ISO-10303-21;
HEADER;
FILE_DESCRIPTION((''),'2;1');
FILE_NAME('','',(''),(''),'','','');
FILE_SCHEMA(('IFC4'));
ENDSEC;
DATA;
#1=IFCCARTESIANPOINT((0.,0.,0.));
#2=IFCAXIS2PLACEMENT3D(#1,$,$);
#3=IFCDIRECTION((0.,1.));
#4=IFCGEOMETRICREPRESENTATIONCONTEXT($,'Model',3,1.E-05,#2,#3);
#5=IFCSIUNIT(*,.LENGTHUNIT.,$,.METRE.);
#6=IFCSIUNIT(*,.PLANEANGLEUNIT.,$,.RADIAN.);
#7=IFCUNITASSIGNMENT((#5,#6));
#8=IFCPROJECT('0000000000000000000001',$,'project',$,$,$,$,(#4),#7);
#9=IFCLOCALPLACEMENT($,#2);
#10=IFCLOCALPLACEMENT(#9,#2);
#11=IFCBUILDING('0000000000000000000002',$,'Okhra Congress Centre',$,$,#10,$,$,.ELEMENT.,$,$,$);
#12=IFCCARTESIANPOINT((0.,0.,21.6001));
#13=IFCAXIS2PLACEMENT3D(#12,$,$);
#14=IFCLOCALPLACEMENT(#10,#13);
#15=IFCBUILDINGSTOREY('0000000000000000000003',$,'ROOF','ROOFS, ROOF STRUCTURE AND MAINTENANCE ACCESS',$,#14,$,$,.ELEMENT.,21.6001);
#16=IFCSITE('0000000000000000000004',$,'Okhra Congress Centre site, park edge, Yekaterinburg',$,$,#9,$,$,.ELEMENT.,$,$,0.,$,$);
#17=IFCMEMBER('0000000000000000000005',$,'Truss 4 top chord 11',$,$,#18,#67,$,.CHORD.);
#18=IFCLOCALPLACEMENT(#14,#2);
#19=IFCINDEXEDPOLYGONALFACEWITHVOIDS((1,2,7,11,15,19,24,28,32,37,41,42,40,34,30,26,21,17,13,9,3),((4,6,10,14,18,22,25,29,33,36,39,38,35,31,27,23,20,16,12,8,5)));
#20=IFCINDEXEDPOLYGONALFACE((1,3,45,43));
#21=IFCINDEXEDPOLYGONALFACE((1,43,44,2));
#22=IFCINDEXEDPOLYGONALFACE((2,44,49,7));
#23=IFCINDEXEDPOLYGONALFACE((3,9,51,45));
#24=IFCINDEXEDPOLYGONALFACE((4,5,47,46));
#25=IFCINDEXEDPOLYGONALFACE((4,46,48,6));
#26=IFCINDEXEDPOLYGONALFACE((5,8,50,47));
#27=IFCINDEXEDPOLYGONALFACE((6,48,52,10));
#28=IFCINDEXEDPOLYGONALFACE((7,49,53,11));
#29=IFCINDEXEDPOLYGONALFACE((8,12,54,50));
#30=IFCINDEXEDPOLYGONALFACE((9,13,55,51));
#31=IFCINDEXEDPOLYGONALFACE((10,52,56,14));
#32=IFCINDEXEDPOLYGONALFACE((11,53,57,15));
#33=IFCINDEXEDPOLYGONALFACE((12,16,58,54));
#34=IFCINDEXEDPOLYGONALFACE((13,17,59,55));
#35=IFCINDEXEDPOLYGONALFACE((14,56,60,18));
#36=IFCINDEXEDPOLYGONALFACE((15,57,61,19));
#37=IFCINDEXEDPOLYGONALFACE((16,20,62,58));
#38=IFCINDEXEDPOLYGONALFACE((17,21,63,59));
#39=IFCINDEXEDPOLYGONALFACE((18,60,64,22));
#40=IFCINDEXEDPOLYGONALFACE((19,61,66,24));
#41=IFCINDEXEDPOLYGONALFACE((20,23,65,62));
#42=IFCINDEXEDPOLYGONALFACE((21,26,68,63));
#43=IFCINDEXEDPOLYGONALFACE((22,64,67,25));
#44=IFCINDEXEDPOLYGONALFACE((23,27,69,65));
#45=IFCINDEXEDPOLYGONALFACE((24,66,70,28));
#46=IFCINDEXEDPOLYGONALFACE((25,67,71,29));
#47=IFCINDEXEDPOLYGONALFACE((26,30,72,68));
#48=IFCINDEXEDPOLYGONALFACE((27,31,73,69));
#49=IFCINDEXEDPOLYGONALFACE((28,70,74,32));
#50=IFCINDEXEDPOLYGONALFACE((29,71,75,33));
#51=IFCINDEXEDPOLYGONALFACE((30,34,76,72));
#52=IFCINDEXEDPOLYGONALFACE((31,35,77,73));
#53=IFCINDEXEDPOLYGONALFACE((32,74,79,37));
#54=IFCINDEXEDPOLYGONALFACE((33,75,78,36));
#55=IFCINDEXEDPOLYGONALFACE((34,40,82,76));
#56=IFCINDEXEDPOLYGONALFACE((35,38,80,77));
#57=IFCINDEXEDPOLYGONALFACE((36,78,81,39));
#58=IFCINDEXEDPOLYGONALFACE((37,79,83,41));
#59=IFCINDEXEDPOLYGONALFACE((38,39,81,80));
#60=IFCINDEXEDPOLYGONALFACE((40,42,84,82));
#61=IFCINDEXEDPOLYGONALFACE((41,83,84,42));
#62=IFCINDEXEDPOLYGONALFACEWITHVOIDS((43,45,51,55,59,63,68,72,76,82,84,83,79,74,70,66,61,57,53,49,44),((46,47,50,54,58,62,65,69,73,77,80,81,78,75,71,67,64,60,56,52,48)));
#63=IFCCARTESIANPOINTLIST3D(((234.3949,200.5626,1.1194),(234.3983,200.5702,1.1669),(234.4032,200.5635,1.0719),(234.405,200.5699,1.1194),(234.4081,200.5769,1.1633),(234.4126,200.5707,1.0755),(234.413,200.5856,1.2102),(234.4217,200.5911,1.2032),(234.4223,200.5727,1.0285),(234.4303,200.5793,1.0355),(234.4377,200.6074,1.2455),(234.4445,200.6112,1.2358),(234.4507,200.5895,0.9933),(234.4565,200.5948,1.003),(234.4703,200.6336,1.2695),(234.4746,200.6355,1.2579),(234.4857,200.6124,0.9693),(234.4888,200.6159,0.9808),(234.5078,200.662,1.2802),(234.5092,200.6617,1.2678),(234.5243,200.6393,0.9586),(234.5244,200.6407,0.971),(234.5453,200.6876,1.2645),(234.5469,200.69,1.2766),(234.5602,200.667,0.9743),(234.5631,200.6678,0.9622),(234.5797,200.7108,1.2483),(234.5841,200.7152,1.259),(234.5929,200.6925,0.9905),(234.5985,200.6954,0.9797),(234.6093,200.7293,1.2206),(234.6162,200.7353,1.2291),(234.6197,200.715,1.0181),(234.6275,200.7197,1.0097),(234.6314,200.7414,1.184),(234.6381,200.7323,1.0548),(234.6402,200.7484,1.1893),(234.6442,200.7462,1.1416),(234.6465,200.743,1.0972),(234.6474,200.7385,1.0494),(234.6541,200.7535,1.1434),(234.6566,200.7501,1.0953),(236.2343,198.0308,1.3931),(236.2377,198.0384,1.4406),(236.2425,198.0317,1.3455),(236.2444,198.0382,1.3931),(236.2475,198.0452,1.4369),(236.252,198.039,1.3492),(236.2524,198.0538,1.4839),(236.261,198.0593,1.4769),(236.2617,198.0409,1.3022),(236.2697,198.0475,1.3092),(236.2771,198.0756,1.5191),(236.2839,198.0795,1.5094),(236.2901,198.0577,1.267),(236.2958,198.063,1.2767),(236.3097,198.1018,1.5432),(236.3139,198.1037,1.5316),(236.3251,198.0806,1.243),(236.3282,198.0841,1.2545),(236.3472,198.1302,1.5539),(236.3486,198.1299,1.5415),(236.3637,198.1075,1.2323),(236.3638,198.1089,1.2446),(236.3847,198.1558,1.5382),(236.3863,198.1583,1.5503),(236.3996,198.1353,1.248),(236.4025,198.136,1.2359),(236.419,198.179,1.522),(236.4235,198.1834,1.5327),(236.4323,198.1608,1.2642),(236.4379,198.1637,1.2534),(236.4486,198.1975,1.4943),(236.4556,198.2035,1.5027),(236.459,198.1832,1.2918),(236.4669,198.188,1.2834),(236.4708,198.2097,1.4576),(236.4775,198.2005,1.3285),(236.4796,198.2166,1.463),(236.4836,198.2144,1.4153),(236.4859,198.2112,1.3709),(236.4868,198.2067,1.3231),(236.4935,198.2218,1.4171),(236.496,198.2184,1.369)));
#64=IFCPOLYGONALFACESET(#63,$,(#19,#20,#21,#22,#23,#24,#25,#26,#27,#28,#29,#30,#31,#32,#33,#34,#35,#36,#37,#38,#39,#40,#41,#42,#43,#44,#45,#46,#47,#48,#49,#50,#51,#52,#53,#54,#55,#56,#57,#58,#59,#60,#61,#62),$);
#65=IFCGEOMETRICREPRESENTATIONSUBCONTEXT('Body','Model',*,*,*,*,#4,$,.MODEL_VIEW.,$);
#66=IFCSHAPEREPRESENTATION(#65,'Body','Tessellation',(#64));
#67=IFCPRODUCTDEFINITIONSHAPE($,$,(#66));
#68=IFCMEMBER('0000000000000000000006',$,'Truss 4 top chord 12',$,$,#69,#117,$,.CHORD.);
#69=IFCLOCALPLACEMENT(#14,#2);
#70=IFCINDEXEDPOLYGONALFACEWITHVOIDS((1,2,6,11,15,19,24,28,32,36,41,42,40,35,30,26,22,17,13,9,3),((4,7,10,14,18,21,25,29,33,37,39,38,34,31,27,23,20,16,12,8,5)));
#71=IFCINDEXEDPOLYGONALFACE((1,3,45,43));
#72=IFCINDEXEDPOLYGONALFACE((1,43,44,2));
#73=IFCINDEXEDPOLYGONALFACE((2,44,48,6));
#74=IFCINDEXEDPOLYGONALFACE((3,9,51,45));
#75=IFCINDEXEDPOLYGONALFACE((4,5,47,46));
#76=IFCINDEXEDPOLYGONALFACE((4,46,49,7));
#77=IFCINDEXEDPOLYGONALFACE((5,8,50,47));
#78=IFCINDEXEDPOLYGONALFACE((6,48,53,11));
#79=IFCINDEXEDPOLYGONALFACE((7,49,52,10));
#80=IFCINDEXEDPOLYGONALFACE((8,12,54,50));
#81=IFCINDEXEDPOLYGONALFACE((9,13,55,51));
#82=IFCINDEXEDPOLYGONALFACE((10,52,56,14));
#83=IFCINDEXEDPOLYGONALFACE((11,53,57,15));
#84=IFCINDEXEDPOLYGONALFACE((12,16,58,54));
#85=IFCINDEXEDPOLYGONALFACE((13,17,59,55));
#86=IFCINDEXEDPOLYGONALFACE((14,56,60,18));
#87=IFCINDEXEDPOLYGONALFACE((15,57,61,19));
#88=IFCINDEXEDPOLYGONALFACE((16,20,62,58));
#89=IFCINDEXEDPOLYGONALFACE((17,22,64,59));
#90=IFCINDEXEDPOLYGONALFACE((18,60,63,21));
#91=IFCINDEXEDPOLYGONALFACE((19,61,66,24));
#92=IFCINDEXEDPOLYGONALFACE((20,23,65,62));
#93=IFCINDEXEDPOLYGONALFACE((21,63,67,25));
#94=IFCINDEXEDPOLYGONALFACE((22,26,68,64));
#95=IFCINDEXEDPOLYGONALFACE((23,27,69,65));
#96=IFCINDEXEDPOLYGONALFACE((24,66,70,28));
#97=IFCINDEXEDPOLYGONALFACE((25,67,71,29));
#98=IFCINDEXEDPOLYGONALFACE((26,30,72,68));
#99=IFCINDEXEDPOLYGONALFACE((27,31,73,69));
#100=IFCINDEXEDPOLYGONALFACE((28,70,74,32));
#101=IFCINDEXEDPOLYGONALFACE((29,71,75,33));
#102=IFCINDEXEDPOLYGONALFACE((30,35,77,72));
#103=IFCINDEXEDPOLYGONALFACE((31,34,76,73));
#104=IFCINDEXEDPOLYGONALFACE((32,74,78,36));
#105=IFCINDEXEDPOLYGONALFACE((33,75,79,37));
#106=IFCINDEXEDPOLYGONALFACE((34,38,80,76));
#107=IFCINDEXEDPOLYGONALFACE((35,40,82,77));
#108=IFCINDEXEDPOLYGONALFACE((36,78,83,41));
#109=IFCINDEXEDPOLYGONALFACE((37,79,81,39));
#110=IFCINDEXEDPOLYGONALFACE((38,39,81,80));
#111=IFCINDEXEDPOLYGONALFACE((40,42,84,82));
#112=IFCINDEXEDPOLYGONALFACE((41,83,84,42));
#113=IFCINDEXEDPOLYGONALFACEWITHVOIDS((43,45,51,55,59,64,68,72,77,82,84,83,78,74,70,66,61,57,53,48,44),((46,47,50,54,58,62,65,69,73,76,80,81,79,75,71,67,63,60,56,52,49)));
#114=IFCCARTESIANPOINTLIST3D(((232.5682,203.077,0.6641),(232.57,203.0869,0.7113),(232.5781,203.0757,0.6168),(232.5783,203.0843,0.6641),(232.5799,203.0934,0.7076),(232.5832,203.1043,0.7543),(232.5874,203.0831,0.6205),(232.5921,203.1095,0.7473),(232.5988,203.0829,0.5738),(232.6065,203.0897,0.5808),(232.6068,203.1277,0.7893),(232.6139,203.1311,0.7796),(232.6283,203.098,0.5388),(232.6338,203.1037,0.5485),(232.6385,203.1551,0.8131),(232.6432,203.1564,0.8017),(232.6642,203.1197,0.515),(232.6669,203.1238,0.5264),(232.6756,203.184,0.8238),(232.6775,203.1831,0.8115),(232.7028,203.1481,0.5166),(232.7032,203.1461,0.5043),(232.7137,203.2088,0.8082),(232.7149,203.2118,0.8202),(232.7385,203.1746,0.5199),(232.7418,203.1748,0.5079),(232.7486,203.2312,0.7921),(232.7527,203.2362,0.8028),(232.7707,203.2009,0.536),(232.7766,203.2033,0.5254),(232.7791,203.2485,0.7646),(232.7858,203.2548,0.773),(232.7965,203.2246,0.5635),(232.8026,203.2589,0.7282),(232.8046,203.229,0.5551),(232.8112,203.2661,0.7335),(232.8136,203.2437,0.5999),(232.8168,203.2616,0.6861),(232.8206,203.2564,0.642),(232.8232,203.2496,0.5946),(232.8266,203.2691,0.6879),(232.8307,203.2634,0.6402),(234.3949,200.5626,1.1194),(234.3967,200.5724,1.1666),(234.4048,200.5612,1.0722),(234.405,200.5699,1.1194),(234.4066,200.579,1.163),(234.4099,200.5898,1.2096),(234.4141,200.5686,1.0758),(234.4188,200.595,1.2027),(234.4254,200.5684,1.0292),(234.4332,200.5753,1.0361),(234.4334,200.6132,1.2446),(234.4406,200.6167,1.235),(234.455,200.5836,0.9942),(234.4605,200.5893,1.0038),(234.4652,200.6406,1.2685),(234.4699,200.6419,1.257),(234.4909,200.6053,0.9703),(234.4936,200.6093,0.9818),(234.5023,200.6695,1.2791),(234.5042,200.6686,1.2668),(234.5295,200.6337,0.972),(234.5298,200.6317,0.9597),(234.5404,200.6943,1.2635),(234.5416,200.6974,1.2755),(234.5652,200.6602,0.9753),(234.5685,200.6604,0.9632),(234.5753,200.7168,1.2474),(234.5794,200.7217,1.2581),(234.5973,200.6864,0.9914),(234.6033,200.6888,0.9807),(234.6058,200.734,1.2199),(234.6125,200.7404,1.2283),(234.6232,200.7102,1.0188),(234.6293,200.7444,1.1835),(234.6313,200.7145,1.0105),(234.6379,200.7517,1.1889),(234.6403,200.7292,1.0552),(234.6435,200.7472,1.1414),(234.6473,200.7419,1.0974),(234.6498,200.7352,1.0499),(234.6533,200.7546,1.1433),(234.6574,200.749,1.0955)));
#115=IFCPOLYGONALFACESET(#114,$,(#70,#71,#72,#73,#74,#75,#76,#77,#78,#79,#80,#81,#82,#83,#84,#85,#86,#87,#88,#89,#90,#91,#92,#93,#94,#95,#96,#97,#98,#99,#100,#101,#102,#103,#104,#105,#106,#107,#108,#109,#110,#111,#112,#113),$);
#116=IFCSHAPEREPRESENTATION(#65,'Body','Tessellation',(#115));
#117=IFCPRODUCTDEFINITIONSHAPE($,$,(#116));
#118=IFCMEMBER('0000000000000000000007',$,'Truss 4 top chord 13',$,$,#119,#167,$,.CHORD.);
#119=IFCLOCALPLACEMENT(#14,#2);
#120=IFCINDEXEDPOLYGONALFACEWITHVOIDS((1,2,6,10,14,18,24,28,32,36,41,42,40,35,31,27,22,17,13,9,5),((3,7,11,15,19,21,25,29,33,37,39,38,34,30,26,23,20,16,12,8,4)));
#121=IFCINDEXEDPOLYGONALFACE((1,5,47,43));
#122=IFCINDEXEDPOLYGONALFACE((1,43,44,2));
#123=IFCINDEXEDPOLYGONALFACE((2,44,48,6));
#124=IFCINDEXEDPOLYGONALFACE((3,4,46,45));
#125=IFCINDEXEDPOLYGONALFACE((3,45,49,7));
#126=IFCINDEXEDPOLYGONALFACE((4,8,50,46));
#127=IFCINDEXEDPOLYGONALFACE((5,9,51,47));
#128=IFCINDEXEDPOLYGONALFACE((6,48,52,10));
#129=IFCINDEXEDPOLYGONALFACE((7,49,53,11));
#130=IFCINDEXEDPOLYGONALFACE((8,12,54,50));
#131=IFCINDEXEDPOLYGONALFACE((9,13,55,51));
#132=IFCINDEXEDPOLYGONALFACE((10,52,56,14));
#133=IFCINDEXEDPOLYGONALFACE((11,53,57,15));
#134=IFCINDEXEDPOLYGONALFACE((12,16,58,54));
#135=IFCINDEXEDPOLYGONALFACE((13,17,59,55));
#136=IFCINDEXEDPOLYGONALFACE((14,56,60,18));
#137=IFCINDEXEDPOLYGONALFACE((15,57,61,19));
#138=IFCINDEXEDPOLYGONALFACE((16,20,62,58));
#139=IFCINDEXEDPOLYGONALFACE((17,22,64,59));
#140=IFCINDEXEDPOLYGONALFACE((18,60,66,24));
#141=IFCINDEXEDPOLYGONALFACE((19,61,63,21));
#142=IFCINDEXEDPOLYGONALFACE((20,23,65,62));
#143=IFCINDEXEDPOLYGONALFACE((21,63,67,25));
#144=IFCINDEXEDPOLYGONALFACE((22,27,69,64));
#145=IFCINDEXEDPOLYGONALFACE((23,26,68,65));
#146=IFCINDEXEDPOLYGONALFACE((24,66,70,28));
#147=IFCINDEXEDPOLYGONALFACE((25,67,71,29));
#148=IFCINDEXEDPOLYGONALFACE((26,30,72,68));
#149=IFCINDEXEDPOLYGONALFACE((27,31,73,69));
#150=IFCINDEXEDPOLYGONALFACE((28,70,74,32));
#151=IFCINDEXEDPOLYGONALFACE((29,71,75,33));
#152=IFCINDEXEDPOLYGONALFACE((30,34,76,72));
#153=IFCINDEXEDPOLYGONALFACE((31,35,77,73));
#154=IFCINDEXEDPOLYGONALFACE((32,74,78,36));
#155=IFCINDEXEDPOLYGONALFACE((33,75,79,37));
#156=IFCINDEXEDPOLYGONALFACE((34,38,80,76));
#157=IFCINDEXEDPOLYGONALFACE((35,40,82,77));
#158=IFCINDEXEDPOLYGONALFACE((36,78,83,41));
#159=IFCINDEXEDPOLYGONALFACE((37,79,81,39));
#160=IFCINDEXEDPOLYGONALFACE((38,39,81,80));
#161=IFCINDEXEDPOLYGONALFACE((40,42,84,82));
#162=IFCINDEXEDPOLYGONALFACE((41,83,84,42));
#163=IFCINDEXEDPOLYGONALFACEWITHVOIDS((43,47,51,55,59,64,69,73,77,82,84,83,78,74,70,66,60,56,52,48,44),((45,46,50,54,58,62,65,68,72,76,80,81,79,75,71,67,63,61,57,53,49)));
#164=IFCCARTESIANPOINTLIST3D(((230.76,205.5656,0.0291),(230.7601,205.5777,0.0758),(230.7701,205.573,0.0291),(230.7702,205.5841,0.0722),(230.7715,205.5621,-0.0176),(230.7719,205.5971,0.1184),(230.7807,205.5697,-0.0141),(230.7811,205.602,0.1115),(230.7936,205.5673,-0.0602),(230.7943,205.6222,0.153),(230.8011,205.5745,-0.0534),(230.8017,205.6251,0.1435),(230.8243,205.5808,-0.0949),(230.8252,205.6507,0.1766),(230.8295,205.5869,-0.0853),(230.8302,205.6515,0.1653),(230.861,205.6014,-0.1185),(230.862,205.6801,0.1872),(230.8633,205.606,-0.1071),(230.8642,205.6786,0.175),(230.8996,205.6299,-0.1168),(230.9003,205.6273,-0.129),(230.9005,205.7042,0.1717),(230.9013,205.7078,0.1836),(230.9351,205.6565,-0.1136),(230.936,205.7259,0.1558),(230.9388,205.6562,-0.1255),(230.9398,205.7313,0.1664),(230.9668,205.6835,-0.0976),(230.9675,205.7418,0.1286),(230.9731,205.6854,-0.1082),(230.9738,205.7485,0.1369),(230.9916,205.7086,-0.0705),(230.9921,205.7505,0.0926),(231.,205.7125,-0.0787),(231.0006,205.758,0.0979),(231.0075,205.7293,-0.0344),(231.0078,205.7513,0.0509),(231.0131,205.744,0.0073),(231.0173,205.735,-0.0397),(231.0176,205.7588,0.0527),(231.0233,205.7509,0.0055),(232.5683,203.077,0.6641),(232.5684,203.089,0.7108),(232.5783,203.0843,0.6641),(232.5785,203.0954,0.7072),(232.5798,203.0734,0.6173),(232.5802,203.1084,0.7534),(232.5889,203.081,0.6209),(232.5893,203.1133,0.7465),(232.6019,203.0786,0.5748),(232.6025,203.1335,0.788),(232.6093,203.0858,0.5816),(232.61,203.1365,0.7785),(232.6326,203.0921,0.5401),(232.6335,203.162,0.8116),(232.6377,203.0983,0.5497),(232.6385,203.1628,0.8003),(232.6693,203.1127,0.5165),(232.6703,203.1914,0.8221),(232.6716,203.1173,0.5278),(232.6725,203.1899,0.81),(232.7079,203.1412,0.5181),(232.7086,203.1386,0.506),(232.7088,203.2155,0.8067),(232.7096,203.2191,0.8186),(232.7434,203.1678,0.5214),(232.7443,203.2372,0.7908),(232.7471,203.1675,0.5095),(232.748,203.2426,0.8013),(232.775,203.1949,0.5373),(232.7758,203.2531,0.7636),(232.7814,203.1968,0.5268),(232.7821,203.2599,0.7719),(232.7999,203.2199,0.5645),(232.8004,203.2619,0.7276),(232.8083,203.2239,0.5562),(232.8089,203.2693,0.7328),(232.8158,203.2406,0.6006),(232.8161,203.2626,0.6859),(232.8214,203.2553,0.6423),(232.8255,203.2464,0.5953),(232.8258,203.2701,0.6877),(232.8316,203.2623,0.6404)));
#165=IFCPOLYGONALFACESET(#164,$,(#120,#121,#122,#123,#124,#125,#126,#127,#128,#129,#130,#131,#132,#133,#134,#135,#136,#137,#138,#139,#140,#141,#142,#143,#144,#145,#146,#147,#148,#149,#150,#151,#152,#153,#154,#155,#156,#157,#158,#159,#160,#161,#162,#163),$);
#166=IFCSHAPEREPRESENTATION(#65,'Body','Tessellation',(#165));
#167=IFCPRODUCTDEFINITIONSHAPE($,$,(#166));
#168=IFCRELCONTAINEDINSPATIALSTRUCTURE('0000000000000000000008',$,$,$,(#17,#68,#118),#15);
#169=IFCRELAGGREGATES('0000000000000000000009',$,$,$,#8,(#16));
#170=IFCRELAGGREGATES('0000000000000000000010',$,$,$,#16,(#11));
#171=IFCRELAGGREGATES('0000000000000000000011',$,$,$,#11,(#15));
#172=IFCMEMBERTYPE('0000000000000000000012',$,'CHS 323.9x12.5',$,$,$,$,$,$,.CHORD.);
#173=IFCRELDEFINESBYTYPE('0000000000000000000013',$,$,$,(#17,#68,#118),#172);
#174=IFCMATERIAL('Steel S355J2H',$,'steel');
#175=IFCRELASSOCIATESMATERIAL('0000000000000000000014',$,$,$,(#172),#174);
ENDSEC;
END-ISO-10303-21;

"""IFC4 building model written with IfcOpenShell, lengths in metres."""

from ifc_helpers import new_model, si_unit, direction, frame, origin, origin_2d, place, context, subcontext, project, spatial, hollow_circle, extrude, material, material_profile, profile_set, type_object, element, save


model = new_model("IFC4")

# Units and contexts
model_context = context("Model", 3, precision=1e-05, world=origin(), true_north=direction((0.0, 1.0)))
body_context = subcontext(model_context, "Body", "Model", "MODEL_VIEW")
ifc_project = project(units=[si_unit("LENGTHUNIT", "METRE"), si_unit("PLANEANGLEUNIT", "RADIAN")], contexts=[model_context])

# Site, building, storey
site_placement = place(None, origin())
site = spatial("IfcSite", under=ifc_project, at=site_placement, Name="Okhra Congress Centre site, park edge, Yekaterinburg", CompositionType="ELEMENT", RefElevation=0.0)
building_placement = place(site_placement, origin())
building = spatial("IfcBuilding", under=site, at=building_placement, Name="Okhra Congress Centre", CompositionType="ELEMENT")
storey_placement = place(building_placement, frame((0.0, 0.0, 21.6001)))
storey = spatial("IfcBuildingStorey", under=building, at=storey_placement, Name="ROOF", Description="ROOFS, ROOF STRUCTURE AND MAINTENANCE ACCESS", CompositionType="ELEMENT", Elevation=21.6001)

# Members
ifc_material_1 = material(Name="Steel S355J2H", Category="steel")
ifc_material_profile_1 = material_profile(ifc_material_1, hollow_circle(Radius=0.1619, WallThickness=0.0125, at=origin_2d()), Name="CHS 323.9x12.5")
ifc_profile_set_1 = profile_set([ifc_material_profile_1], Name="Steel S355J2H")
member_type_1 = type_object("IfcMemberType", Name="CHS 323.9x12.5", PredefinedType="CHORD", material=ifc_profile_set_1)
member_1_placement = place(storey_placement, frame((236.3652, 198.126, 1.3931), z_axis=(-0.585538, 0.80595, -0.087123), x_axis=(-0.809026, -0.587773, 0.0)))
element("IfcMember", 1, at=member_1_placement, inside=storey, type_object=member_type_1, Name="Truss 4 top chord 11", PredefinedType="CHORD", context=body_context, shape_type="SweptSolid", body=[
    extrude(hollow_circle(Radius=0.1619, WallThickness=0.0125, at=origin_2d()), origin(), (0.0, 0.0, 1.0), 3.1414),
])
for number, where, z_axis, x_axis, name in (
    (2, (234.5259, 200.6577, 1.1194), (-0.581543, 0.800496, -0.144958), (-0.809042, -0.587751, 0.0), "Truss 4 top chord 12"),
    (3, (232.6992, 203.1721, 0.6641), (-0.575682, 0.792291, -0.202153), (-0.808993, -0.587818, 0.0), "Truss 4 top chord 13"),
):
    element("IfcMember", number, at=place(storey_placement, frame(where, z_axis=z_axis, x_axis=x_axis)), inside=storey, type_object=member_type_1, Name=name, PredefinedType="CHORD", context=body_context, shape_type="SweptSolid", body=[
        extrude(hollow_circle(Radius=0.1619, WallThickness=0.0125, at=origin_2d()), origin(), (0.0, 0.0, 1.0), 3.1411),
    ])

save(model, "model.ifc")
